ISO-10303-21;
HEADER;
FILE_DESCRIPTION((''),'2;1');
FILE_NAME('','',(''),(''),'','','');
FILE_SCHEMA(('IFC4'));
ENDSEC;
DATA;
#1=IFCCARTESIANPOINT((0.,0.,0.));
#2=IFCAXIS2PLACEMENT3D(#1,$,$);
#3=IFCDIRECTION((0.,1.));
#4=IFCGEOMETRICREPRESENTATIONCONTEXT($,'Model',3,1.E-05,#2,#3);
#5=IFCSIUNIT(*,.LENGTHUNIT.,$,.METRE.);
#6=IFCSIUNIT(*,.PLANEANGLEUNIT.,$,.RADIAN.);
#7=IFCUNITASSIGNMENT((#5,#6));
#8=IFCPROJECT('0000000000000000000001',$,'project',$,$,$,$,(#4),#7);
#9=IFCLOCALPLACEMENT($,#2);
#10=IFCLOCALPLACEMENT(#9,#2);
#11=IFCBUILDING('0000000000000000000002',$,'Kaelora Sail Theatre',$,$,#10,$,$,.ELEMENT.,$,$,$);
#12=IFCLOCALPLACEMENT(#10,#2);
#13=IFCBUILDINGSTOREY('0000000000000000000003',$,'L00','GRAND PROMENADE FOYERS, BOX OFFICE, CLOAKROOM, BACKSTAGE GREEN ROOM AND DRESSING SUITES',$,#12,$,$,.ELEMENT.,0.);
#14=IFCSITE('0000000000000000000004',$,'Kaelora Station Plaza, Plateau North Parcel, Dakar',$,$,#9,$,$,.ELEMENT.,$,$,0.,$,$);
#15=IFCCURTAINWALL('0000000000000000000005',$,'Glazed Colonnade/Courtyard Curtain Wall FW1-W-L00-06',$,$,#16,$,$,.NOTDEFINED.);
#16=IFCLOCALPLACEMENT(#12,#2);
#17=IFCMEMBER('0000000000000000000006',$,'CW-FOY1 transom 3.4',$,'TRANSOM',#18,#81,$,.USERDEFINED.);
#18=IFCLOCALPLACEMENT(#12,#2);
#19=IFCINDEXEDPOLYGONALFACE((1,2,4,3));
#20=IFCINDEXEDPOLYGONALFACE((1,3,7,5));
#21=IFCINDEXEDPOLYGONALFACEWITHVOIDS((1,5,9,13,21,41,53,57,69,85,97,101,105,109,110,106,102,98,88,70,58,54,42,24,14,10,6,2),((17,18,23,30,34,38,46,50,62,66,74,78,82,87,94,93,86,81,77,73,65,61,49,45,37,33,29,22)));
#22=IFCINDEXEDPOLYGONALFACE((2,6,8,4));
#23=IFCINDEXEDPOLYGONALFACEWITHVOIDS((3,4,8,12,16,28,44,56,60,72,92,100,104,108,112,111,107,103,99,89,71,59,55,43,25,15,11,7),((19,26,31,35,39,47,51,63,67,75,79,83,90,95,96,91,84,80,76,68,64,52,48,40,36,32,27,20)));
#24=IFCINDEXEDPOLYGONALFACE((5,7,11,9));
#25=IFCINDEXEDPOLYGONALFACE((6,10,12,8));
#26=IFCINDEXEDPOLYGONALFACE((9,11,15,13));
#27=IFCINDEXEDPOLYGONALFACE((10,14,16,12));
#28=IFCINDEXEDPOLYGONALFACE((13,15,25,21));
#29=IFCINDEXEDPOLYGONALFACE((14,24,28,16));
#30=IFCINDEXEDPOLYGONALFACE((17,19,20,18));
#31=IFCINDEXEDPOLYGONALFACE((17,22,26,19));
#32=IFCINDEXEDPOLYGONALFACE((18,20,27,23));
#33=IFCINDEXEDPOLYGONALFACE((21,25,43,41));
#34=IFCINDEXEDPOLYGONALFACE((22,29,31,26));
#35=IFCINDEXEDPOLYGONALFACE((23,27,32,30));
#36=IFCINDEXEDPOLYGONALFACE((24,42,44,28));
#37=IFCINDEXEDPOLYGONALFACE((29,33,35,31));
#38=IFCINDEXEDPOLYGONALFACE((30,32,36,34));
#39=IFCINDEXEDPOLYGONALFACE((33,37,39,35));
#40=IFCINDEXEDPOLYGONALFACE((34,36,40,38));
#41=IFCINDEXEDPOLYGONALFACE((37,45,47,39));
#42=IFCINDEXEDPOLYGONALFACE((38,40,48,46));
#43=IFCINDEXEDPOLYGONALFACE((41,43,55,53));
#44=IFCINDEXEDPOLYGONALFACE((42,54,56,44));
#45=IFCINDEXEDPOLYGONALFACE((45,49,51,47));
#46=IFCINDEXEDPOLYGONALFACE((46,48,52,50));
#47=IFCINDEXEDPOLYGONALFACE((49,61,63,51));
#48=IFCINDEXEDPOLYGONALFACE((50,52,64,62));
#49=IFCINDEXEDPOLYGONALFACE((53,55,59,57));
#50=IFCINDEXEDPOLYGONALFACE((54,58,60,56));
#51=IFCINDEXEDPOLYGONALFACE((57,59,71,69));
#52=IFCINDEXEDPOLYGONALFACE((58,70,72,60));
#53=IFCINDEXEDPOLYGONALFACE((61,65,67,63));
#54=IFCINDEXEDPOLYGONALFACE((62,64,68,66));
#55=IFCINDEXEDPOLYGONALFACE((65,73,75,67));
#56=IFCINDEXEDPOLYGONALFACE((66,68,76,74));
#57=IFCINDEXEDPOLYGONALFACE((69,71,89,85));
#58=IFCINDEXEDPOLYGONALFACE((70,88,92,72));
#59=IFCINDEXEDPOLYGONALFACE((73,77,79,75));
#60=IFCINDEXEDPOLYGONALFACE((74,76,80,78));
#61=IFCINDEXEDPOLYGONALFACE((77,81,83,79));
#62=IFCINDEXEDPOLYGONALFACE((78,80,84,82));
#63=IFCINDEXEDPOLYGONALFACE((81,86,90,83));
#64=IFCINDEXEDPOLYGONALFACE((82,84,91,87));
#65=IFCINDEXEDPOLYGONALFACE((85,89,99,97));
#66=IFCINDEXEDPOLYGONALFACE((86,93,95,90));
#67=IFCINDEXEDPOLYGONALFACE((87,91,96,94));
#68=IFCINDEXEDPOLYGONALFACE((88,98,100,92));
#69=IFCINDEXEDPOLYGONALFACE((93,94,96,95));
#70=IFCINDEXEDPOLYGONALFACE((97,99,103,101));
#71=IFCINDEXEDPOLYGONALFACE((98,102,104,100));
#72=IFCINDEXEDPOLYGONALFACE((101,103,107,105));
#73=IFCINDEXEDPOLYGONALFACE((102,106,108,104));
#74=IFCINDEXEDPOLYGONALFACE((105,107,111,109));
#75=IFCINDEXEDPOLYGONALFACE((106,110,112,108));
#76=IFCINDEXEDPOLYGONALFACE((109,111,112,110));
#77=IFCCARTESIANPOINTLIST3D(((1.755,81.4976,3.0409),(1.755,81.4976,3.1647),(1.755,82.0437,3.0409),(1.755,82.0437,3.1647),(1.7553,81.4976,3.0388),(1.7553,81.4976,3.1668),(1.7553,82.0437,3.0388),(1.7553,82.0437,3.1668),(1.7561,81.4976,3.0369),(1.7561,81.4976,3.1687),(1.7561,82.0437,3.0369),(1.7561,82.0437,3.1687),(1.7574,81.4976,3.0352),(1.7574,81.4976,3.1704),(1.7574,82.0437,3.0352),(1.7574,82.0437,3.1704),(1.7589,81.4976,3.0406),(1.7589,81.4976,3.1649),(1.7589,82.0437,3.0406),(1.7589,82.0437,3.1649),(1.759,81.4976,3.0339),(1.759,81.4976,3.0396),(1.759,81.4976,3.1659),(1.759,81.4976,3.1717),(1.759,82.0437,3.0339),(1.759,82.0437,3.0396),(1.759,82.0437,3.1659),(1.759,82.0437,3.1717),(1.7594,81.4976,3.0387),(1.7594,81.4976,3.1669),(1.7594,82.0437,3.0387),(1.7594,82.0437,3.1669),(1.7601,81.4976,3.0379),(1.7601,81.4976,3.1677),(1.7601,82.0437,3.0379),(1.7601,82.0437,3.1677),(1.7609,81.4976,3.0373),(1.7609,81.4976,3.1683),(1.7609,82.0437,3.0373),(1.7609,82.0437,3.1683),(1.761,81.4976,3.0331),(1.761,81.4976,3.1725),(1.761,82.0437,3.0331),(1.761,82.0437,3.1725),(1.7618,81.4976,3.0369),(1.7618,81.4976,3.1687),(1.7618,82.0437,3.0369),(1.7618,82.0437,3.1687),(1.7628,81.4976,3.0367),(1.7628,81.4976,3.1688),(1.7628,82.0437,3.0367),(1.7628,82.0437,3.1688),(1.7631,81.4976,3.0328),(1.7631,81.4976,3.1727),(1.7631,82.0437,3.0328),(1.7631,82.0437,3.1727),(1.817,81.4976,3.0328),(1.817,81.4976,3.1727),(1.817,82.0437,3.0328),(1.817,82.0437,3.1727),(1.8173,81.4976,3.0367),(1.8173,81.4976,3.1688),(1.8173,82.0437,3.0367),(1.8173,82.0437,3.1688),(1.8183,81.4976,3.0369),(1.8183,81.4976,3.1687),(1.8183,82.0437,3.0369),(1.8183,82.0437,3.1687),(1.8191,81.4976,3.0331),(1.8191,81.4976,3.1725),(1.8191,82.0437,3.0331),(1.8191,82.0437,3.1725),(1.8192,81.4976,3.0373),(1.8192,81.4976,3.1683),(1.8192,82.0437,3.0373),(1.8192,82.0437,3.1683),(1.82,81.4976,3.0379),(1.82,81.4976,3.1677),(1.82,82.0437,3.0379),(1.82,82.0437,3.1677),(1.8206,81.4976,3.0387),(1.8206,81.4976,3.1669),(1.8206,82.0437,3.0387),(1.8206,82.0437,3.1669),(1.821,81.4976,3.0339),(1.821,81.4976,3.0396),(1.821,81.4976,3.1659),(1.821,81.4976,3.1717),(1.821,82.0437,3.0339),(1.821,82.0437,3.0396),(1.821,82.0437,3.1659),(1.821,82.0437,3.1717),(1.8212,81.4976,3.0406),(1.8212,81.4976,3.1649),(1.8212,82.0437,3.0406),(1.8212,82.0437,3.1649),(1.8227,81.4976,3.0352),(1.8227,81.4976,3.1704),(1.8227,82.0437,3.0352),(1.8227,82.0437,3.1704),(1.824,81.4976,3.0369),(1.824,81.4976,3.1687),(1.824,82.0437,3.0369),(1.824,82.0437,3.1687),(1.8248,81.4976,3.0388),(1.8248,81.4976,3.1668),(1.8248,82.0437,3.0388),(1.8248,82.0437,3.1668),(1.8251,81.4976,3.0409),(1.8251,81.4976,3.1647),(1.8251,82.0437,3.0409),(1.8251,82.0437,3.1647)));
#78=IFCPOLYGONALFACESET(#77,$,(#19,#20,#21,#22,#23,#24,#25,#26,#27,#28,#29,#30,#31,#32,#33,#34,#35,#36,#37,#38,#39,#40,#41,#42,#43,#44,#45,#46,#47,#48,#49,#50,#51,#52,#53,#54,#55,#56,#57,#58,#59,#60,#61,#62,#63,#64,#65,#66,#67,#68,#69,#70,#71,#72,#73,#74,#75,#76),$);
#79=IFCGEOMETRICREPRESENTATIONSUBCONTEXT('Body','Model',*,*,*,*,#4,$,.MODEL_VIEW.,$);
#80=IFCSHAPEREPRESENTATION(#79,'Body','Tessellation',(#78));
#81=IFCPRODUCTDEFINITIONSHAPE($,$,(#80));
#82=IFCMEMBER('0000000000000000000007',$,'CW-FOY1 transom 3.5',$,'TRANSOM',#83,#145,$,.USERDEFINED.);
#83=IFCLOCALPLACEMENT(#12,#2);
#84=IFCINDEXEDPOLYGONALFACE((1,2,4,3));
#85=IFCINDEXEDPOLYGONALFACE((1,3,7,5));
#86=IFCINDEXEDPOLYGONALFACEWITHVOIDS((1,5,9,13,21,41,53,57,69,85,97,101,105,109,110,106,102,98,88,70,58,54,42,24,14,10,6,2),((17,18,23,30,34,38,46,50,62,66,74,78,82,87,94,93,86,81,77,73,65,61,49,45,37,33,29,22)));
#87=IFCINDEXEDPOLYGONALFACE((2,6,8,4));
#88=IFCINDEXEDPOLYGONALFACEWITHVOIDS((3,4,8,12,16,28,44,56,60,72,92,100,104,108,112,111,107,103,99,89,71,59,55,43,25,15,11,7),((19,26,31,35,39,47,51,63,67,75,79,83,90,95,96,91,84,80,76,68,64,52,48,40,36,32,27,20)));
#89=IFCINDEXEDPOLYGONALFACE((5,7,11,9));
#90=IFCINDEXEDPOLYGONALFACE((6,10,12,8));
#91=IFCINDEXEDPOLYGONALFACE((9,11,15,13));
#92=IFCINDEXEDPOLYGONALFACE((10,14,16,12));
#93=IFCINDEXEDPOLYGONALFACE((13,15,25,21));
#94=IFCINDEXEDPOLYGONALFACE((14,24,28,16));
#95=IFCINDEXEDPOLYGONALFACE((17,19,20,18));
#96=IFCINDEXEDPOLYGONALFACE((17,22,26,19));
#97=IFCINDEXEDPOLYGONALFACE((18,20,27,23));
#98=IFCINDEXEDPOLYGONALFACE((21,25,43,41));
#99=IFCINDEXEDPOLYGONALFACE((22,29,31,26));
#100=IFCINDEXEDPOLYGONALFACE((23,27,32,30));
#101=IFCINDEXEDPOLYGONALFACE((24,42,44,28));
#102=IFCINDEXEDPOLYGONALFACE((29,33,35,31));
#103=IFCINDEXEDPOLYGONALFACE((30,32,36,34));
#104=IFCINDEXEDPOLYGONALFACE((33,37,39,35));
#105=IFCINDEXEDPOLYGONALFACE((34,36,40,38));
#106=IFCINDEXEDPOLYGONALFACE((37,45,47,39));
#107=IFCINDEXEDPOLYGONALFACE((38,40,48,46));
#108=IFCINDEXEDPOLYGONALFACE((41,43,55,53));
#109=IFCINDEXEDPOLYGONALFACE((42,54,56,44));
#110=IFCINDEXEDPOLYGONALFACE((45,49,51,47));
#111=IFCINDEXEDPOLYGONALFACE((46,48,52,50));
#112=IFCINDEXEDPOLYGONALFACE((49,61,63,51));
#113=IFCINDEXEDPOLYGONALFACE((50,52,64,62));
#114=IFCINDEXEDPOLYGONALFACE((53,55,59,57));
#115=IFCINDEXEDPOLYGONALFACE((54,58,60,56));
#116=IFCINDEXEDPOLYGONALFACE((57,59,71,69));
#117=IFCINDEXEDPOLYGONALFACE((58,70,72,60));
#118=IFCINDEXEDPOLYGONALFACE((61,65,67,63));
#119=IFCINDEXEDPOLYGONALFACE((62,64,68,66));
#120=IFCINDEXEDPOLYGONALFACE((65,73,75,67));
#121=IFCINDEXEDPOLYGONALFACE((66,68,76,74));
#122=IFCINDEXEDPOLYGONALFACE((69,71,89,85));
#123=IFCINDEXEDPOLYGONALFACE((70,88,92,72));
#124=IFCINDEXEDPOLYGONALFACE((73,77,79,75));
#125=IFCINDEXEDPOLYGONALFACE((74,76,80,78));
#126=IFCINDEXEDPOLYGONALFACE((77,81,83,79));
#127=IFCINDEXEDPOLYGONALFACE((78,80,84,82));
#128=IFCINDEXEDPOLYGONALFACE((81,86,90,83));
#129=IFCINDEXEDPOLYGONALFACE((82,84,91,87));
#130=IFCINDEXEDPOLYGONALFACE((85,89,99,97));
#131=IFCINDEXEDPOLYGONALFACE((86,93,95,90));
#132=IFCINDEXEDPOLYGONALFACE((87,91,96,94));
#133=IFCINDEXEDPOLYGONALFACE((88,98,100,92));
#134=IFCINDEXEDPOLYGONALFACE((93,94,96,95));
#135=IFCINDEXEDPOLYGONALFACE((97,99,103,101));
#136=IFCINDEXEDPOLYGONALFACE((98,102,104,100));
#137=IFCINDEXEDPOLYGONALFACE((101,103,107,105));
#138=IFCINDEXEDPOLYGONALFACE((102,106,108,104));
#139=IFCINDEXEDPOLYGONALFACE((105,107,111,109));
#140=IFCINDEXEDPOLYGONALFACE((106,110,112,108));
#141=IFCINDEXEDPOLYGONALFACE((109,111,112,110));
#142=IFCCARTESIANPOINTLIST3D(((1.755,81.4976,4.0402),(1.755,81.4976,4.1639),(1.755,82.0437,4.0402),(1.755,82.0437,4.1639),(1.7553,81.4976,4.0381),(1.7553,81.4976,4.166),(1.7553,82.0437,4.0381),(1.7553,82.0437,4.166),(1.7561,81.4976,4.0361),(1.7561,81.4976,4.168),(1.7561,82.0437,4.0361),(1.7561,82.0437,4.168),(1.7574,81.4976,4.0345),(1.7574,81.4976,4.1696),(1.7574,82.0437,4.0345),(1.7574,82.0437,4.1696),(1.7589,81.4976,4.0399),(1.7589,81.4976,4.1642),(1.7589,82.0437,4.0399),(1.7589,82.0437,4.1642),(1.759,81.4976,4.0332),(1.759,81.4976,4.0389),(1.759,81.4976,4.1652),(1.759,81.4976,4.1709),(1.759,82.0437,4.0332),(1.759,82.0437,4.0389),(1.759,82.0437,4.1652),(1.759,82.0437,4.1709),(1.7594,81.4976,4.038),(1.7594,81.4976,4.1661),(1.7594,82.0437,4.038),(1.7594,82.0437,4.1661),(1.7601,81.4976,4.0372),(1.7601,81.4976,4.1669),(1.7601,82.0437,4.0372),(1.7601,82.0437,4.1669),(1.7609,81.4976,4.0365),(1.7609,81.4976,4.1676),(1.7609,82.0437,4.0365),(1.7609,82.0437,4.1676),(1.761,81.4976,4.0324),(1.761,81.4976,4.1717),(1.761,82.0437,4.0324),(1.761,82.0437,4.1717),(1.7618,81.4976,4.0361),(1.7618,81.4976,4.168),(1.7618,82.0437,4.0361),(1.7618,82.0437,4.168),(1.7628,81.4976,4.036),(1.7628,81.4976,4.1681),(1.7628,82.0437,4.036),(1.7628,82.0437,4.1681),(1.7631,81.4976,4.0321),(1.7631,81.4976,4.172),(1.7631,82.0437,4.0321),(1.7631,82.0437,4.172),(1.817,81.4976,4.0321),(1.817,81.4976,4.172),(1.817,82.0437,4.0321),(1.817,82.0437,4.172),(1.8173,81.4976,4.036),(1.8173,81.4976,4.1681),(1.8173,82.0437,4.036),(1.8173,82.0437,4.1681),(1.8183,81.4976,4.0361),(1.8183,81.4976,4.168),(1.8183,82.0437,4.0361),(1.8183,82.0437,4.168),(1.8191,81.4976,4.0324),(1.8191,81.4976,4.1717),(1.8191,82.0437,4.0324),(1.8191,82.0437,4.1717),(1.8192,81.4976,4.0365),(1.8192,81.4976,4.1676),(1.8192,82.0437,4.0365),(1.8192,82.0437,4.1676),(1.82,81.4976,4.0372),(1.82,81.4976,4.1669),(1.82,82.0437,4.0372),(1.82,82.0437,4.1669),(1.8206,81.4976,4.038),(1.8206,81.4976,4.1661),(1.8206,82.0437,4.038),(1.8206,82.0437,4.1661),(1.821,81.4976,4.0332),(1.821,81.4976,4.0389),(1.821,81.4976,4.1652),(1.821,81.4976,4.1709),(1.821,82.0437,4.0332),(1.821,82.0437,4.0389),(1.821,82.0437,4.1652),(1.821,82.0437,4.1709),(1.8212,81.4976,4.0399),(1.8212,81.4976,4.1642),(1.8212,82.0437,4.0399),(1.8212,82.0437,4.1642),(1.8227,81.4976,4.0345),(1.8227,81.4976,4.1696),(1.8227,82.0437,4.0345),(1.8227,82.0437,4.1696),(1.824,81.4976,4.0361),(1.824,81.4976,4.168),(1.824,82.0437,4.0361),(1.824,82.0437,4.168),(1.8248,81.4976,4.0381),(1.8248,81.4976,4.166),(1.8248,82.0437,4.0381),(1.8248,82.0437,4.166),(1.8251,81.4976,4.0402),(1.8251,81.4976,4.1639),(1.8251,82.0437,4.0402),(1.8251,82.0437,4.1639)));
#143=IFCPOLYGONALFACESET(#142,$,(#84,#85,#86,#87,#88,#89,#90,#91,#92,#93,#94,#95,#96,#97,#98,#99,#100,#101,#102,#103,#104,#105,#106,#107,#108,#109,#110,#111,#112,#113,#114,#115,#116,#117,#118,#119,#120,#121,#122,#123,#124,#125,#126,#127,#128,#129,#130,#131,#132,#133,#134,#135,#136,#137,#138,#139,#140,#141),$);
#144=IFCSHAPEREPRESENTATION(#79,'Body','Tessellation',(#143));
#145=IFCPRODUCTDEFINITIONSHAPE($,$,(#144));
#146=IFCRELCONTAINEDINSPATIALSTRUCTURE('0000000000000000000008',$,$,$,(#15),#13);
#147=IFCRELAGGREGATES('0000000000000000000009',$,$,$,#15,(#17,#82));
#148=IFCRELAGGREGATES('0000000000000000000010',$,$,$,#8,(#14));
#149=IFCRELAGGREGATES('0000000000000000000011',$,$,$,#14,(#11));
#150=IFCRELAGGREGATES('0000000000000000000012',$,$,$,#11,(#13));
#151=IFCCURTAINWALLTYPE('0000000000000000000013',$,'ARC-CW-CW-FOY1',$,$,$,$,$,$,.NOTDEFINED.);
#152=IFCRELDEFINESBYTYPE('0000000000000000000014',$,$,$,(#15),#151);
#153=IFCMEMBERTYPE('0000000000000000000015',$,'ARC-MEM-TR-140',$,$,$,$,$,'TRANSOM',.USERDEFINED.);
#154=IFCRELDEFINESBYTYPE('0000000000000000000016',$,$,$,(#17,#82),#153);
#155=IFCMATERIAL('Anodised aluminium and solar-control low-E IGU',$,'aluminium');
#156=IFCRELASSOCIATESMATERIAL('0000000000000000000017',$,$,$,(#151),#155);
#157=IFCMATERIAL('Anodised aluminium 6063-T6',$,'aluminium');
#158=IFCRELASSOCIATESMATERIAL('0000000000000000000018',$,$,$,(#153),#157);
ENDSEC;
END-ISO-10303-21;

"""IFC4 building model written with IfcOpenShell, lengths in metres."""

from ifc_helpers import new_model, si_unit, direction, frame, origin, origin_2d, place, context, subcontext, project, spatial, hollow_rectangle, extrude, material, material_profile, profile_set, type_object, element, aggregate, save


model = new_model("IFC4")

# Units and contexts
model_context = context("Model", 3, precision=1e-05, world=origin(), true_north=direction((0.0, 1.0)))
body_context = subcontext(model_context, "Body", "Model", "MODEL_VIEW")
ifc_project = project(units=[si_unit("LENGTHUNIT", "METRE"), si_unit("PLANEANGLEUNIT", "RADIAN")], contexts=[model_context])

# Site, building, storey
site_placement = place(None, origin())
site = spatial("IfcSite", under=ifc_project, at=site_placement, Name="Kaelora Station Plaza, Plateau North Parcel, Dakar", CompositionType="ELEMENT", RefElevation=0.0)
building_placement = place(site_placement, origin())
building = spatial("IfcBuilding", under=site, at=building_placement, Name="Kaelora Sail Theatre", CompositionType="ELEMENT")
storey_placement = place(building_placement, origin())
storey = spatial("IfcBuildingStorey", under=building, at=storey_placement, Name="L00", Description="GRAND PROMENADE FOYERS, BOX OFFICE, CLOAKROOM, BACKSTAGE GREEN ROOM AND DRESSING SUITES", CompositionType="ELEMENT", Elevation=0.0)

# Curtain wall, members
ifc_material_1 = material(Name="Anodised aluminium and solar-control low-E IGU", Category="aluminium")
curtain_wall_type = type_object("IfcCurtainWallType", Name="ARC-CW-CW-FOY1", PredefinedType="NOTDEFINED", material=ifc_material_1)
curtain_wall_placement = place(storey_placement, origin())
curtain_wall = element("IfcCurtainWall", 1, at=curtain_wall_placement, inside=storey, type_object=curtain_wall_type, Name="Glazed Colonnade/Courtyard Curtain Wall FW1-W-L00-06", PredefinedType="NOTDEFINED")
ifc_material_2 = material(Name="Anodised aluminium 6063-T6", Category="aluminium")
ifc_material_profile_1 = material_profile(ifc_material_2, hollow_rectangle(XDim=0.0701, YDim=0.1399, WallThickness=0.0039, InnerFilletRadius=0.0039, OuterFilletRadius=0.0081, at=origin_2d()), Name="ALU-TRAN 70x140x4")
ifc_profile_set_1 = profile_set([ifc_material_profile_1], Name="Anodised aluminium 6063-T6")
member_type_1 = type_object("IfcMemberType", Name="ARC-MEM-TR-140", ElementType="TRANSOM", PredefinedType="USERDEFINED", material=ifc_profile_set_1)
member_1_placement = place(storey_placement, frame((1.79, 81.4976, 3.1028), z_axis=(0.0, 1.0, 0.0), x_axis=(-1.0, 0.0, 0.0)))
member_1 = element("IfcMember", 2, at=member_1_placement, type_object=member_type_1, Name="CW-FOY1 transom 3.4", ObjectType="TRANSOM", PredefinedType="USERDEFINED", context=body_context, shape_type="SweptSolid", body=[
    extrude(hollow_rectangle(XDim=0.0701, YDim=0.1399, WallThickness=0.0039, InnerFilletRadius=0.0039, OuterFilletRadius=0.0081, at=origin_2d()), origin(), (0.0, 0.0, 1.0), 0.5461),
])
member_2_placement = place(storey_placement, frame((1.79, 81.4976, 4.1021), z_axis=(0.0, 1.0, 0.0), x_axis=(-1.0, 0.0, 0.0)))
member_2 = element("IfcMember", 3, at=member_2_placement, type_object=member_type_1, Name="CW-FOY1 transom 3.5", ObjectType="TRANSOM", PredefinedType="USERDEFINED", context=body_context, shape_type="SweptSolid", body=[
    extrude(hollow_rectangle(XDim=0.0701, YDim=0.1399, WallThickness=0.0039, InnerFilletRadius=0.0039, OuterFilletRadius=0.0081, at=origin_2d()), origin(), (0.0, 0.0, 1.0), 0.5461),
])

aggregate(curtain_wall, [member_1, member_2])

save(model, "model.ifc")
